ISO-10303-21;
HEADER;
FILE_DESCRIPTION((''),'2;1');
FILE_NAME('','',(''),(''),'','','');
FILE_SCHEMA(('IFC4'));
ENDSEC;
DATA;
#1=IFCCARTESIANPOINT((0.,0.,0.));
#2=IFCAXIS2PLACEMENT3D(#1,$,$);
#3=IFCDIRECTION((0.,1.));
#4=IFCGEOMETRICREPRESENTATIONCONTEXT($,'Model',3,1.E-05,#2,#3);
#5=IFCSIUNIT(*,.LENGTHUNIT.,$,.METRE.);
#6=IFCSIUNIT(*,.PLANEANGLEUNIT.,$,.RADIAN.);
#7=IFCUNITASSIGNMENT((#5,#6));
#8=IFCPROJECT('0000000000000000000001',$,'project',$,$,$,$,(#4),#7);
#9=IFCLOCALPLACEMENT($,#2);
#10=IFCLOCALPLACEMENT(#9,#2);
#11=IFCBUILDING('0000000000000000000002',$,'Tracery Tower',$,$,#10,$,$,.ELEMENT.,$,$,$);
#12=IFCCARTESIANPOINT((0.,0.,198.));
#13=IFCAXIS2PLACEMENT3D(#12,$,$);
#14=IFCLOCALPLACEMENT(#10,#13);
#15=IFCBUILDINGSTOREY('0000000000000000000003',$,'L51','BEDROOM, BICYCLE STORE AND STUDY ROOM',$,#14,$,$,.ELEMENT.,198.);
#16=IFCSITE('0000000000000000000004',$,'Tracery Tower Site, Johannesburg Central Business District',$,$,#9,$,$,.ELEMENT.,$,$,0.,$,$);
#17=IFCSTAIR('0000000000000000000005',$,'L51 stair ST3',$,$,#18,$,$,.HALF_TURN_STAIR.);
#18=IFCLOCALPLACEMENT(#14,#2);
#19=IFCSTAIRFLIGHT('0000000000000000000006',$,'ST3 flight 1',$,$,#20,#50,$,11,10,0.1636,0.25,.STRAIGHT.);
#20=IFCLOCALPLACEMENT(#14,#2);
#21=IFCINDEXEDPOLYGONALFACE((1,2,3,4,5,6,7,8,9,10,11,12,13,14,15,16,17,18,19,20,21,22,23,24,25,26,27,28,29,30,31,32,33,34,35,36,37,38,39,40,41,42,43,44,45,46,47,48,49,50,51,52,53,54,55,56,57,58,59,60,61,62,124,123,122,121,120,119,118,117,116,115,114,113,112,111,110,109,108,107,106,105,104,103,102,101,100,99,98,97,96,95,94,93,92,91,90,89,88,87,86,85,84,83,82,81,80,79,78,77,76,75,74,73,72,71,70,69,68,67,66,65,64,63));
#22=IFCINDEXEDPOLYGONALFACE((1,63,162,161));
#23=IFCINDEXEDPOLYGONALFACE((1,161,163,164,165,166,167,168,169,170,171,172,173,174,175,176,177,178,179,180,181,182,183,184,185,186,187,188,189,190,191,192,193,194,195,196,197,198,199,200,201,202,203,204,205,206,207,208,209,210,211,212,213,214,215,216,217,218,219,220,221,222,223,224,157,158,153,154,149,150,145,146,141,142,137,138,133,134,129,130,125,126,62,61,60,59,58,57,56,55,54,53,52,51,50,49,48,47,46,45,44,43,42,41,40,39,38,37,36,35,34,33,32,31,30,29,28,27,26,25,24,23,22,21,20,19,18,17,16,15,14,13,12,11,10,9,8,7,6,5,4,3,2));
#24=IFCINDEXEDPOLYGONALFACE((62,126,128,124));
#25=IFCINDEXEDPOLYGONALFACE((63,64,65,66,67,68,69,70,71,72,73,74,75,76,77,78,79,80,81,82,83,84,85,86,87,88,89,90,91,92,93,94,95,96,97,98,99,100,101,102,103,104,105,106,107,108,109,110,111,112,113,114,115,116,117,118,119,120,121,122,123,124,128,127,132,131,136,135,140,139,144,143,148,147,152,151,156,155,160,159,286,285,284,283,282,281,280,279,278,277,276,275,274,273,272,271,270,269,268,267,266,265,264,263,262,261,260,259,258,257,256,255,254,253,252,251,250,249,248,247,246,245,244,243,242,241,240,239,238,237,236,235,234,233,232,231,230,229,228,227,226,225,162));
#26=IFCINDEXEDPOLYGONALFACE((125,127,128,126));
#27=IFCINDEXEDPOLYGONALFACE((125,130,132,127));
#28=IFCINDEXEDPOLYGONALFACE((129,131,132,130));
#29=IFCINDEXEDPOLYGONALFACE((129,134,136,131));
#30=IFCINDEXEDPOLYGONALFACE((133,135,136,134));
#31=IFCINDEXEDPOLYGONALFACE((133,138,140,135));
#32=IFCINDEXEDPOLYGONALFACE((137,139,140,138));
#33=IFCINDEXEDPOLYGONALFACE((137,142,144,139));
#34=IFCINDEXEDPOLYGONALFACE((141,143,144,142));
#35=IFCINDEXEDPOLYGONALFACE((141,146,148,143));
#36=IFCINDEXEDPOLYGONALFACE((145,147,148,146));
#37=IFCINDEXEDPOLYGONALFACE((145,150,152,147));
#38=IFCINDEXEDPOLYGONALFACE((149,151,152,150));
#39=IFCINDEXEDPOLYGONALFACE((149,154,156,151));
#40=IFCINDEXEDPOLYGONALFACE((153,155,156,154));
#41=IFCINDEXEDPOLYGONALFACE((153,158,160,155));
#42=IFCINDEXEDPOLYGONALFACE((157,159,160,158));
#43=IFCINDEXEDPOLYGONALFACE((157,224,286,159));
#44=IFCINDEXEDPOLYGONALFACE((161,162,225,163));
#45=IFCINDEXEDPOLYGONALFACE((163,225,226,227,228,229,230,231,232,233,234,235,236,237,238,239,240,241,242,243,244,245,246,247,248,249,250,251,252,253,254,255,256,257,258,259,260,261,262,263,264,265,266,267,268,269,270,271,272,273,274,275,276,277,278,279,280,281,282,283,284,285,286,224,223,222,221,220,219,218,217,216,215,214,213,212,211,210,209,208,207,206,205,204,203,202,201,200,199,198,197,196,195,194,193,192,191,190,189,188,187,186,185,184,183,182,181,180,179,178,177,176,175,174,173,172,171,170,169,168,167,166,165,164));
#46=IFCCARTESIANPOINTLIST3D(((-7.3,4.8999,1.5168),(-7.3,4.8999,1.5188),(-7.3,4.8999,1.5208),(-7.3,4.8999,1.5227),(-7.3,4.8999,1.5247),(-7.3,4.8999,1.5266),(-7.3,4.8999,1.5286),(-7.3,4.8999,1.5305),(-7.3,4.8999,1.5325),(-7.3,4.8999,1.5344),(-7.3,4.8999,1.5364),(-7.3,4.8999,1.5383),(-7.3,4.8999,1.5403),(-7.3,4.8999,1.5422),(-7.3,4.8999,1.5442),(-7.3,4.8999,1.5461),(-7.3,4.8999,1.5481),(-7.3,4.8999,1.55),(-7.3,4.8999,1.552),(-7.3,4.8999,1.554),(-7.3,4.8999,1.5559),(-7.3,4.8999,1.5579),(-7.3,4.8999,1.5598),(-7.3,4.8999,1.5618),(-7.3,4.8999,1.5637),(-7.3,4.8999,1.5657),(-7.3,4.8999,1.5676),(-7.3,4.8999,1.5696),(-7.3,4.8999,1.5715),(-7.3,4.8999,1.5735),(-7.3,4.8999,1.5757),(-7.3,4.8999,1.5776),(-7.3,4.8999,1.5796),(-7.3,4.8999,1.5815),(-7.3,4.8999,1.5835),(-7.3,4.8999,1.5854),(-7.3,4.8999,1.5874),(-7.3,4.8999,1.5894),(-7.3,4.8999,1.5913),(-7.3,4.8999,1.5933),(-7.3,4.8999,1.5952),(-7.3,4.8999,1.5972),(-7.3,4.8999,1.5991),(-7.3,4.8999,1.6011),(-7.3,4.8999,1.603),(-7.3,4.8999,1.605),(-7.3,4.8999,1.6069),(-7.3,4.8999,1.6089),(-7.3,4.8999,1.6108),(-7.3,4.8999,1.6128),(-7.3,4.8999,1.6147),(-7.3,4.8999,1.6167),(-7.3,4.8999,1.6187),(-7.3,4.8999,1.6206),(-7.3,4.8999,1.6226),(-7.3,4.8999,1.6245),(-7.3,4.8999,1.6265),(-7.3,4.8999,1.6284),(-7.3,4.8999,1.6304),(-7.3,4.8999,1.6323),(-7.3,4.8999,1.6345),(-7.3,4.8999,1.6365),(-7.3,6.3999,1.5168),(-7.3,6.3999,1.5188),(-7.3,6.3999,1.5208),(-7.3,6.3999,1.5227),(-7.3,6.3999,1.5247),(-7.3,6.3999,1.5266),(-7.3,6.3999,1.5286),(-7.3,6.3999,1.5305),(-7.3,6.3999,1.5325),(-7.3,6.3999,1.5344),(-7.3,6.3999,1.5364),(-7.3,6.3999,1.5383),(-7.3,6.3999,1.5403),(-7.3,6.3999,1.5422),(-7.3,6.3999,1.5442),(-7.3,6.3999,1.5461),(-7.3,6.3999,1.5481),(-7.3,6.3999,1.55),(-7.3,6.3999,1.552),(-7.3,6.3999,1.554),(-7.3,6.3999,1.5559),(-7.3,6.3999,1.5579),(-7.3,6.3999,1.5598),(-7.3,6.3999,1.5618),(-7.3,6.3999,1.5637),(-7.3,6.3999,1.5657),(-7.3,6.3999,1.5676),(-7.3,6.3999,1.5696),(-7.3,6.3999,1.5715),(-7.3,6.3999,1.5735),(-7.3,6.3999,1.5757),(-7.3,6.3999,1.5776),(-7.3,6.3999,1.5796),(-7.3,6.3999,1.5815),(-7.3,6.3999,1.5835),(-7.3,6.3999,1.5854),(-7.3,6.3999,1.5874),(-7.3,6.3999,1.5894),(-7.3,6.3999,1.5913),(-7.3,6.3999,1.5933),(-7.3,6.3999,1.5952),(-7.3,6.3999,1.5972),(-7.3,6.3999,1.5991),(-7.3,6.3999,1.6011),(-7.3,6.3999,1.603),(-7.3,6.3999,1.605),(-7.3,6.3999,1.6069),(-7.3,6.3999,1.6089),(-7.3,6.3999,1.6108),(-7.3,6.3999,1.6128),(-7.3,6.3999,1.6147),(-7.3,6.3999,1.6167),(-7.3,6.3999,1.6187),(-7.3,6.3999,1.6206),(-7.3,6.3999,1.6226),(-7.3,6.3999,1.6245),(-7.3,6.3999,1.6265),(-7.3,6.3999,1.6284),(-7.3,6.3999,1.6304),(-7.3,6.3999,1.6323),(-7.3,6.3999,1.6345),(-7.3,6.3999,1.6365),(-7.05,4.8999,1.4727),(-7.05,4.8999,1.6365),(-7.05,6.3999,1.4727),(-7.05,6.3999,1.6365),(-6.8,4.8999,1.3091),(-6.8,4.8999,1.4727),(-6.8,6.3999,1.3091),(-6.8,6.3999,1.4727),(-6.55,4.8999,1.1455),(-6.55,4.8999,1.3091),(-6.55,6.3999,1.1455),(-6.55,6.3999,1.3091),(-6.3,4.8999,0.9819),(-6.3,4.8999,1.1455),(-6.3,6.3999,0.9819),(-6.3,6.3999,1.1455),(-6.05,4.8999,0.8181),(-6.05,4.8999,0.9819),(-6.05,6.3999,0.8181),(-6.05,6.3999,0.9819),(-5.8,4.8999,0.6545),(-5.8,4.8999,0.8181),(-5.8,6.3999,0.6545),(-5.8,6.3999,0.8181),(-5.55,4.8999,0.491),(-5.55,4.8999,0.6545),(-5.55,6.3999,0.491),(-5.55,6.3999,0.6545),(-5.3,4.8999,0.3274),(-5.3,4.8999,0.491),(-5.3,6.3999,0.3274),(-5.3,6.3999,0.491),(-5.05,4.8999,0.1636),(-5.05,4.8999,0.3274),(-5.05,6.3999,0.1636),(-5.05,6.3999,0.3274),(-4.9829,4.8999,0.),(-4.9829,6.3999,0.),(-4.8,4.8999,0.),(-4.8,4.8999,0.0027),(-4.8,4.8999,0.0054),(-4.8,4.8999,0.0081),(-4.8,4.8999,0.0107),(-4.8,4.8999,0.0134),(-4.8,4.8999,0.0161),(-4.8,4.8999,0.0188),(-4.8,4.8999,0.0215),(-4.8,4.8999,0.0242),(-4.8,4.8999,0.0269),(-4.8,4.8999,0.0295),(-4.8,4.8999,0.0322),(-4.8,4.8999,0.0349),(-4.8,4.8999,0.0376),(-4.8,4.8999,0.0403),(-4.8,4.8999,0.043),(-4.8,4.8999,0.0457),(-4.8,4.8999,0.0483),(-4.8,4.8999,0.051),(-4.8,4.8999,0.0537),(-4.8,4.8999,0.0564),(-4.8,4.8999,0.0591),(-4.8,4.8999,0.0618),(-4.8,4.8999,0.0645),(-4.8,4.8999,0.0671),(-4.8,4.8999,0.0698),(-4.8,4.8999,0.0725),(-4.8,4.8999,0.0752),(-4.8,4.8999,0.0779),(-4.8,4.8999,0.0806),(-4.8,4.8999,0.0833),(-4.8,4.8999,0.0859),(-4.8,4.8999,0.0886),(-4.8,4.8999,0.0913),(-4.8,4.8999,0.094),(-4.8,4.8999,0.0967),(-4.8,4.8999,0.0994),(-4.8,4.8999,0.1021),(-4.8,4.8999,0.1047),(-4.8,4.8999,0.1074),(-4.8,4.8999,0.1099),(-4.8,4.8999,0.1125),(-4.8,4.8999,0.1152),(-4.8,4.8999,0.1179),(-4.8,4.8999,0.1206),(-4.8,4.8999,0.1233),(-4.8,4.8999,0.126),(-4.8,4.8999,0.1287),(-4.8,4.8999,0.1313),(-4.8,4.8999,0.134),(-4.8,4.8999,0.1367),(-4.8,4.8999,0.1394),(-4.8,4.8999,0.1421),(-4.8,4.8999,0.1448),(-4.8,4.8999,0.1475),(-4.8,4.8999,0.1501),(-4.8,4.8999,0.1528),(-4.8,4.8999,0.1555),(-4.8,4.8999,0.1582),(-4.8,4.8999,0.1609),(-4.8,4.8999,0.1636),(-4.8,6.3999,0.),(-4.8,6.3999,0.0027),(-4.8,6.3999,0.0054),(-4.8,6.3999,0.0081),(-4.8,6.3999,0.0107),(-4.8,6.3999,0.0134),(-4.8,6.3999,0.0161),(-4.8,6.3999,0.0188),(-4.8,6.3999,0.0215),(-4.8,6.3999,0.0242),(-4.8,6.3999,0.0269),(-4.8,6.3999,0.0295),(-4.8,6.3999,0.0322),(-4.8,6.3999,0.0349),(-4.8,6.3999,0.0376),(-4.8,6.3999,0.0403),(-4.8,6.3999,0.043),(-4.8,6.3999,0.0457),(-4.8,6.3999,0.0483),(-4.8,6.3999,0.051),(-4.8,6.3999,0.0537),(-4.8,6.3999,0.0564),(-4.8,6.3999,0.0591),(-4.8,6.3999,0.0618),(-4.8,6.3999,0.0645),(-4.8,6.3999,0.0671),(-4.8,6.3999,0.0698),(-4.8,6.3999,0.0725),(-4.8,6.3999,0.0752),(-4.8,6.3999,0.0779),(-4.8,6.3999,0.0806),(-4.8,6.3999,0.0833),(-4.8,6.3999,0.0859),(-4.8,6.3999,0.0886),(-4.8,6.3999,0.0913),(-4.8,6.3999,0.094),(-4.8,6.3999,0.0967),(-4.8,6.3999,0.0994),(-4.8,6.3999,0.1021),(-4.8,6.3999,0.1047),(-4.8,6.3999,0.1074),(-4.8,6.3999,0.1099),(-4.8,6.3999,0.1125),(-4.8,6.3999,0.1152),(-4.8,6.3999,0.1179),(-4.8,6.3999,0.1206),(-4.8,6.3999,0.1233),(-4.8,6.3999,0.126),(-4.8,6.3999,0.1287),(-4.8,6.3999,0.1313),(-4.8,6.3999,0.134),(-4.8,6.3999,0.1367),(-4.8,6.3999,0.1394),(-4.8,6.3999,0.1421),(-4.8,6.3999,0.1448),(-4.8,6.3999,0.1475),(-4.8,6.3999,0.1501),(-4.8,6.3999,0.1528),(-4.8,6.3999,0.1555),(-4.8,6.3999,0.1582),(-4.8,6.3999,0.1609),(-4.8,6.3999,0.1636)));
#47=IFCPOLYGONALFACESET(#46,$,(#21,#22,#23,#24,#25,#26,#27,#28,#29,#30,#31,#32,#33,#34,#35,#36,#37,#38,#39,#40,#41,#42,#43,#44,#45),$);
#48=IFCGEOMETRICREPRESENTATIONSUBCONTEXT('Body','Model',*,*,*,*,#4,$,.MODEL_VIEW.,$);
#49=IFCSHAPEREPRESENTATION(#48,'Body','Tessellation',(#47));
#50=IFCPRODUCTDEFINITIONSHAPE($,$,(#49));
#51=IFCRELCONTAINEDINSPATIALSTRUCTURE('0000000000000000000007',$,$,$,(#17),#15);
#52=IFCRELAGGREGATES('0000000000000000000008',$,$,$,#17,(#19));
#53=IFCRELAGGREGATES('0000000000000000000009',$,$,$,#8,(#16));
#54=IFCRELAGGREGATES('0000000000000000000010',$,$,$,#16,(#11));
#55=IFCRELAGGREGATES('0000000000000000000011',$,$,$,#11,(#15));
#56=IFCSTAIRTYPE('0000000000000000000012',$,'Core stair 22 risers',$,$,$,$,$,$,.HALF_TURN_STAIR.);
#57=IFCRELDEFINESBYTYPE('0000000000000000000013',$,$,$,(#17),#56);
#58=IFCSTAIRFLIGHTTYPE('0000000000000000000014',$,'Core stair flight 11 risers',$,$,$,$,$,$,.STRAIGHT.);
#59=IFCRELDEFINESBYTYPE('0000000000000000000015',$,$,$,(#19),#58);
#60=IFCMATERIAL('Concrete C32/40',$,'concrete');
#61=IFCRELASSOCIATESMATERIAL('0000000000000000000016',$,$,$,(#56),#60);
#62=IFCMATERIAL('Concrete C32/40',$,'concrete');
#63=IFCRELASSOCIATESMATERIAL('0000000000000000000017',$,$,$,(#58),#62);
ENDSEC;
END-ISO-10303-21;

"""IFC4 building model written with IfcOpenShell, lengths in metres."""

from ifc_helpers import new_model, si_unit, direction, frame, origin, place, context, subcontext, project, spatial, polyline, outline, extrude, material, type_object, element, aggregate, save


model = new_model("IFC4")

# Units and contexts
model_context = context("Model", 3, precision=1e-05, world=origin(), true_north=direction((0.0, 1.0)))
body_context = subcontext(model_context, "Body", "Model", "MODEL_VIEW")
ifc_project = project(units=[si_unit("LENGTHUNIT", "METRE"), si_unit("PLANEANGLEUNIT", "RADIAN")], contexts=[model_context])

# Site, building, storey
site_placement = place(None, origin())
site = spatial("IfcSite", under=ifc_project, at=site_placement, Name="Tracery Tower Site, Johannesburg Central Business District", CompositionType="ELEMENT", RefElevation=0.0)
building_placement = place(site_placement, origin())
building = spatial("IfcBuilding", under=site, at=building_placement, Name="Tracery Tower", CompositionType="ELEMENT")
storey_placement = place(building_placement, frame((0.0, 0.0, 198.0)))
storey = spatial("IfcBuildingStorey", under=building, at=storey_placement, Name="L51", Description="BEDROOM, BICYCLE STORE AND STUDY ROOM", CompositionType="ELEMENT", Elevation=198.0)

# Stair, stair flight
ifc_material_1 = material(Name="Concrete C32/40", Category="concrete")
stair_type = type_object("IfcStairType", Name="Core stair 22 risers", PredefinedType="HALF_TURN_STAIR", material=ifc_material_1)
stair_placement = place(storey_placement, origin())
stair = element("IfcStair", 1, at=stair_placement, inside=storey, type_object=stair_type, Name="L51 stair ST3", PredefinedType="HALF_TURN_STAIR")
ifc_material_2 = material(Name="Concrete C32/40", Category="concrete")
stair_flight_type = type_object("IfcStairFlightType", Name="Core stair flight 11 risers", PredefinedType="STRAIGHT", material=ifc_material_2)
stair_flight_1_placement = place(storey_placement, frame((-4.8, 5.6499, 0.0), z_axis=(0.0, 0.0, 1.0), x_axis=(-1.0, 0.0, 0.0)))
stair_flight_1 = element("IfcStairFlight", 2, at=stair_flight_1_placement, type_object=stair_flight_type, Name="ST3 flight 1", NumberOfRisers=11, NumberOfTreads=10, PredefinedType="STRAIGHT", RiserHeight=0.1636, TreadLength=0.25, context=body_context, shape_type="SweptSolid", body=[
    extrude(outline(polyline([(0.0, 0.0), (0.0, 0.0027), (0.0, 0.0054), (0.0, 0.0081), (0.0, 0.0107), (0.0, 0.0134), (0.0, 0.0161), (0.0, 0.0188), (0.0, 0.0215), (0.0, 0.0242), (0.0, 0.0269), (0.0, 0.0295), (0.0, 0.0322), (0.0, 0.0349), (0.0, 0.0376), (0.0, 0.0403), (0.0, 0.043), (0.0, 0.0457), (0.0, 0.0483), (0.0, 0.051), (0.0, 0.0537), (0.0, 0.0564), (0.0, 0.0591), (0.0, 0.0618), (0.0, 0.0645), (0.0, 0.0671), (0.0, 0.0698), (0.0, 0.0725), (0.0, 0.0752), (0.0, 0.0779), (0.0, 0.0806), (0.0, 0.0833), (0.0, 0.0859), (0.0, 0.0886), (0.0, 0.0913), (0.0, 0.094), (0.0, 0.0967), (0.0, 0.0994), (0.0, 0.1021), (0.0, 0.1047), (0.0, 0.1074), (0.0, 0.1099), (0.0, 0.1125), (0.0, 0.1152), (0.0, 0.1179), (0.0, 0.1206), (0.0, 0.1233), (0.0, 0.126), (0.0, 0.1287), (0.0, 0.1313), (0.0, 0.134), (0.0, 0.1367), (0.0, 0.1394), (0.0, 0.1421), (0.0, 0.1448), (0.0, 0.1475), (0.0, 0.1501), (0.0, 0.1528), (0.0, 0.1555), (0.0, 0.1582), (0.0, 0.1609), (0.0, 0.1636), (0.25, 0.1636), (0.25, 0.3274), (0.5, 0.3274), (0.5, 0.491), (0.75, 0.491), (0.75, 0.6545), (1.0, 0.6545), (1.0, 0.8181), (1.25, 0.8181), (1.25, 0.9819), (1.5, 0.9819), (1.5, 1.1455), (1.75, 1.1455), (1.75, 1.3091), (2.0, 1.3091), (2.0, 1.4727), (2.25, 1.4727), (2.25, 1.6365), (2.5, 1.6365), (2.5, 1.6345), (2.5, 1.6323), (2.5, 1.6304), (2.5, 1.6284), (2.5, 1.6265), (2.5, 1.6245), (2.5, 1.6226), (2.5, 1.6206), (2.5, 1.6187), (2.5, 1.6167), (2.5, 1.6147), (2.5, 1.6128), (2.5, 1.6108), (2.5, 1.6089), (2.5, 1.6069), (2.5, 1.605), (2.5, 1.603), (2.5, 1.6011), (2.5, 1.5991), (2.5, 1.5972), (2.5, 1.5952), (2.5, 1.5933), (2.5, 1.5913), (2.5, 1.5894), (2.5, 1.5874), (2.5, 1.5854), (2.5, 1.5835), (2.5, 1.5815), (2.5, 1.5796), (2.5, 1.5776), (2.5, 1.5757), (2.5, 1.5735), (2.5, 1.5715), (2.5, 1.5696), (2.5, 1.5676), (2.5, 1.5657), (2.5, 1.5637), (2.5, 1.5618), (2.5, 1.5598), (2.5, 1.5579), (2.5, 1.5559), (2.5, 1.554), (2.5, 1.552), (2.5, 1.55), (2.5, 1.5481), (2.5, 1.5461), (2.5, 1.5442), (2.5, 1.5422), (2.5, 1.5403), (2.5, 1.5383), (2.5, 1.5364), (2.5, 1.5344), (2.5, 1.5325), (2.5, 1.5305), (2.5, 1.5286), (2.5, 1.5266), (2.5, 1.5247), (2.5, 1.5227), (2.5, 1.5208), (2.5, 1.5188), (2.5, 1.5168), (0.1829, 0.0), (0.0, 0.0)])), frame((0.0, 0.75, 0.0), z_axis=(0.0, -1.0, 0.0), x_axis=(1.0, 0.0, 0.0)), (0.0, 0.0, 1.0), 1.5),
])
aggregate(stair, [stair_flight_1])

save(model, "model.ifc")
